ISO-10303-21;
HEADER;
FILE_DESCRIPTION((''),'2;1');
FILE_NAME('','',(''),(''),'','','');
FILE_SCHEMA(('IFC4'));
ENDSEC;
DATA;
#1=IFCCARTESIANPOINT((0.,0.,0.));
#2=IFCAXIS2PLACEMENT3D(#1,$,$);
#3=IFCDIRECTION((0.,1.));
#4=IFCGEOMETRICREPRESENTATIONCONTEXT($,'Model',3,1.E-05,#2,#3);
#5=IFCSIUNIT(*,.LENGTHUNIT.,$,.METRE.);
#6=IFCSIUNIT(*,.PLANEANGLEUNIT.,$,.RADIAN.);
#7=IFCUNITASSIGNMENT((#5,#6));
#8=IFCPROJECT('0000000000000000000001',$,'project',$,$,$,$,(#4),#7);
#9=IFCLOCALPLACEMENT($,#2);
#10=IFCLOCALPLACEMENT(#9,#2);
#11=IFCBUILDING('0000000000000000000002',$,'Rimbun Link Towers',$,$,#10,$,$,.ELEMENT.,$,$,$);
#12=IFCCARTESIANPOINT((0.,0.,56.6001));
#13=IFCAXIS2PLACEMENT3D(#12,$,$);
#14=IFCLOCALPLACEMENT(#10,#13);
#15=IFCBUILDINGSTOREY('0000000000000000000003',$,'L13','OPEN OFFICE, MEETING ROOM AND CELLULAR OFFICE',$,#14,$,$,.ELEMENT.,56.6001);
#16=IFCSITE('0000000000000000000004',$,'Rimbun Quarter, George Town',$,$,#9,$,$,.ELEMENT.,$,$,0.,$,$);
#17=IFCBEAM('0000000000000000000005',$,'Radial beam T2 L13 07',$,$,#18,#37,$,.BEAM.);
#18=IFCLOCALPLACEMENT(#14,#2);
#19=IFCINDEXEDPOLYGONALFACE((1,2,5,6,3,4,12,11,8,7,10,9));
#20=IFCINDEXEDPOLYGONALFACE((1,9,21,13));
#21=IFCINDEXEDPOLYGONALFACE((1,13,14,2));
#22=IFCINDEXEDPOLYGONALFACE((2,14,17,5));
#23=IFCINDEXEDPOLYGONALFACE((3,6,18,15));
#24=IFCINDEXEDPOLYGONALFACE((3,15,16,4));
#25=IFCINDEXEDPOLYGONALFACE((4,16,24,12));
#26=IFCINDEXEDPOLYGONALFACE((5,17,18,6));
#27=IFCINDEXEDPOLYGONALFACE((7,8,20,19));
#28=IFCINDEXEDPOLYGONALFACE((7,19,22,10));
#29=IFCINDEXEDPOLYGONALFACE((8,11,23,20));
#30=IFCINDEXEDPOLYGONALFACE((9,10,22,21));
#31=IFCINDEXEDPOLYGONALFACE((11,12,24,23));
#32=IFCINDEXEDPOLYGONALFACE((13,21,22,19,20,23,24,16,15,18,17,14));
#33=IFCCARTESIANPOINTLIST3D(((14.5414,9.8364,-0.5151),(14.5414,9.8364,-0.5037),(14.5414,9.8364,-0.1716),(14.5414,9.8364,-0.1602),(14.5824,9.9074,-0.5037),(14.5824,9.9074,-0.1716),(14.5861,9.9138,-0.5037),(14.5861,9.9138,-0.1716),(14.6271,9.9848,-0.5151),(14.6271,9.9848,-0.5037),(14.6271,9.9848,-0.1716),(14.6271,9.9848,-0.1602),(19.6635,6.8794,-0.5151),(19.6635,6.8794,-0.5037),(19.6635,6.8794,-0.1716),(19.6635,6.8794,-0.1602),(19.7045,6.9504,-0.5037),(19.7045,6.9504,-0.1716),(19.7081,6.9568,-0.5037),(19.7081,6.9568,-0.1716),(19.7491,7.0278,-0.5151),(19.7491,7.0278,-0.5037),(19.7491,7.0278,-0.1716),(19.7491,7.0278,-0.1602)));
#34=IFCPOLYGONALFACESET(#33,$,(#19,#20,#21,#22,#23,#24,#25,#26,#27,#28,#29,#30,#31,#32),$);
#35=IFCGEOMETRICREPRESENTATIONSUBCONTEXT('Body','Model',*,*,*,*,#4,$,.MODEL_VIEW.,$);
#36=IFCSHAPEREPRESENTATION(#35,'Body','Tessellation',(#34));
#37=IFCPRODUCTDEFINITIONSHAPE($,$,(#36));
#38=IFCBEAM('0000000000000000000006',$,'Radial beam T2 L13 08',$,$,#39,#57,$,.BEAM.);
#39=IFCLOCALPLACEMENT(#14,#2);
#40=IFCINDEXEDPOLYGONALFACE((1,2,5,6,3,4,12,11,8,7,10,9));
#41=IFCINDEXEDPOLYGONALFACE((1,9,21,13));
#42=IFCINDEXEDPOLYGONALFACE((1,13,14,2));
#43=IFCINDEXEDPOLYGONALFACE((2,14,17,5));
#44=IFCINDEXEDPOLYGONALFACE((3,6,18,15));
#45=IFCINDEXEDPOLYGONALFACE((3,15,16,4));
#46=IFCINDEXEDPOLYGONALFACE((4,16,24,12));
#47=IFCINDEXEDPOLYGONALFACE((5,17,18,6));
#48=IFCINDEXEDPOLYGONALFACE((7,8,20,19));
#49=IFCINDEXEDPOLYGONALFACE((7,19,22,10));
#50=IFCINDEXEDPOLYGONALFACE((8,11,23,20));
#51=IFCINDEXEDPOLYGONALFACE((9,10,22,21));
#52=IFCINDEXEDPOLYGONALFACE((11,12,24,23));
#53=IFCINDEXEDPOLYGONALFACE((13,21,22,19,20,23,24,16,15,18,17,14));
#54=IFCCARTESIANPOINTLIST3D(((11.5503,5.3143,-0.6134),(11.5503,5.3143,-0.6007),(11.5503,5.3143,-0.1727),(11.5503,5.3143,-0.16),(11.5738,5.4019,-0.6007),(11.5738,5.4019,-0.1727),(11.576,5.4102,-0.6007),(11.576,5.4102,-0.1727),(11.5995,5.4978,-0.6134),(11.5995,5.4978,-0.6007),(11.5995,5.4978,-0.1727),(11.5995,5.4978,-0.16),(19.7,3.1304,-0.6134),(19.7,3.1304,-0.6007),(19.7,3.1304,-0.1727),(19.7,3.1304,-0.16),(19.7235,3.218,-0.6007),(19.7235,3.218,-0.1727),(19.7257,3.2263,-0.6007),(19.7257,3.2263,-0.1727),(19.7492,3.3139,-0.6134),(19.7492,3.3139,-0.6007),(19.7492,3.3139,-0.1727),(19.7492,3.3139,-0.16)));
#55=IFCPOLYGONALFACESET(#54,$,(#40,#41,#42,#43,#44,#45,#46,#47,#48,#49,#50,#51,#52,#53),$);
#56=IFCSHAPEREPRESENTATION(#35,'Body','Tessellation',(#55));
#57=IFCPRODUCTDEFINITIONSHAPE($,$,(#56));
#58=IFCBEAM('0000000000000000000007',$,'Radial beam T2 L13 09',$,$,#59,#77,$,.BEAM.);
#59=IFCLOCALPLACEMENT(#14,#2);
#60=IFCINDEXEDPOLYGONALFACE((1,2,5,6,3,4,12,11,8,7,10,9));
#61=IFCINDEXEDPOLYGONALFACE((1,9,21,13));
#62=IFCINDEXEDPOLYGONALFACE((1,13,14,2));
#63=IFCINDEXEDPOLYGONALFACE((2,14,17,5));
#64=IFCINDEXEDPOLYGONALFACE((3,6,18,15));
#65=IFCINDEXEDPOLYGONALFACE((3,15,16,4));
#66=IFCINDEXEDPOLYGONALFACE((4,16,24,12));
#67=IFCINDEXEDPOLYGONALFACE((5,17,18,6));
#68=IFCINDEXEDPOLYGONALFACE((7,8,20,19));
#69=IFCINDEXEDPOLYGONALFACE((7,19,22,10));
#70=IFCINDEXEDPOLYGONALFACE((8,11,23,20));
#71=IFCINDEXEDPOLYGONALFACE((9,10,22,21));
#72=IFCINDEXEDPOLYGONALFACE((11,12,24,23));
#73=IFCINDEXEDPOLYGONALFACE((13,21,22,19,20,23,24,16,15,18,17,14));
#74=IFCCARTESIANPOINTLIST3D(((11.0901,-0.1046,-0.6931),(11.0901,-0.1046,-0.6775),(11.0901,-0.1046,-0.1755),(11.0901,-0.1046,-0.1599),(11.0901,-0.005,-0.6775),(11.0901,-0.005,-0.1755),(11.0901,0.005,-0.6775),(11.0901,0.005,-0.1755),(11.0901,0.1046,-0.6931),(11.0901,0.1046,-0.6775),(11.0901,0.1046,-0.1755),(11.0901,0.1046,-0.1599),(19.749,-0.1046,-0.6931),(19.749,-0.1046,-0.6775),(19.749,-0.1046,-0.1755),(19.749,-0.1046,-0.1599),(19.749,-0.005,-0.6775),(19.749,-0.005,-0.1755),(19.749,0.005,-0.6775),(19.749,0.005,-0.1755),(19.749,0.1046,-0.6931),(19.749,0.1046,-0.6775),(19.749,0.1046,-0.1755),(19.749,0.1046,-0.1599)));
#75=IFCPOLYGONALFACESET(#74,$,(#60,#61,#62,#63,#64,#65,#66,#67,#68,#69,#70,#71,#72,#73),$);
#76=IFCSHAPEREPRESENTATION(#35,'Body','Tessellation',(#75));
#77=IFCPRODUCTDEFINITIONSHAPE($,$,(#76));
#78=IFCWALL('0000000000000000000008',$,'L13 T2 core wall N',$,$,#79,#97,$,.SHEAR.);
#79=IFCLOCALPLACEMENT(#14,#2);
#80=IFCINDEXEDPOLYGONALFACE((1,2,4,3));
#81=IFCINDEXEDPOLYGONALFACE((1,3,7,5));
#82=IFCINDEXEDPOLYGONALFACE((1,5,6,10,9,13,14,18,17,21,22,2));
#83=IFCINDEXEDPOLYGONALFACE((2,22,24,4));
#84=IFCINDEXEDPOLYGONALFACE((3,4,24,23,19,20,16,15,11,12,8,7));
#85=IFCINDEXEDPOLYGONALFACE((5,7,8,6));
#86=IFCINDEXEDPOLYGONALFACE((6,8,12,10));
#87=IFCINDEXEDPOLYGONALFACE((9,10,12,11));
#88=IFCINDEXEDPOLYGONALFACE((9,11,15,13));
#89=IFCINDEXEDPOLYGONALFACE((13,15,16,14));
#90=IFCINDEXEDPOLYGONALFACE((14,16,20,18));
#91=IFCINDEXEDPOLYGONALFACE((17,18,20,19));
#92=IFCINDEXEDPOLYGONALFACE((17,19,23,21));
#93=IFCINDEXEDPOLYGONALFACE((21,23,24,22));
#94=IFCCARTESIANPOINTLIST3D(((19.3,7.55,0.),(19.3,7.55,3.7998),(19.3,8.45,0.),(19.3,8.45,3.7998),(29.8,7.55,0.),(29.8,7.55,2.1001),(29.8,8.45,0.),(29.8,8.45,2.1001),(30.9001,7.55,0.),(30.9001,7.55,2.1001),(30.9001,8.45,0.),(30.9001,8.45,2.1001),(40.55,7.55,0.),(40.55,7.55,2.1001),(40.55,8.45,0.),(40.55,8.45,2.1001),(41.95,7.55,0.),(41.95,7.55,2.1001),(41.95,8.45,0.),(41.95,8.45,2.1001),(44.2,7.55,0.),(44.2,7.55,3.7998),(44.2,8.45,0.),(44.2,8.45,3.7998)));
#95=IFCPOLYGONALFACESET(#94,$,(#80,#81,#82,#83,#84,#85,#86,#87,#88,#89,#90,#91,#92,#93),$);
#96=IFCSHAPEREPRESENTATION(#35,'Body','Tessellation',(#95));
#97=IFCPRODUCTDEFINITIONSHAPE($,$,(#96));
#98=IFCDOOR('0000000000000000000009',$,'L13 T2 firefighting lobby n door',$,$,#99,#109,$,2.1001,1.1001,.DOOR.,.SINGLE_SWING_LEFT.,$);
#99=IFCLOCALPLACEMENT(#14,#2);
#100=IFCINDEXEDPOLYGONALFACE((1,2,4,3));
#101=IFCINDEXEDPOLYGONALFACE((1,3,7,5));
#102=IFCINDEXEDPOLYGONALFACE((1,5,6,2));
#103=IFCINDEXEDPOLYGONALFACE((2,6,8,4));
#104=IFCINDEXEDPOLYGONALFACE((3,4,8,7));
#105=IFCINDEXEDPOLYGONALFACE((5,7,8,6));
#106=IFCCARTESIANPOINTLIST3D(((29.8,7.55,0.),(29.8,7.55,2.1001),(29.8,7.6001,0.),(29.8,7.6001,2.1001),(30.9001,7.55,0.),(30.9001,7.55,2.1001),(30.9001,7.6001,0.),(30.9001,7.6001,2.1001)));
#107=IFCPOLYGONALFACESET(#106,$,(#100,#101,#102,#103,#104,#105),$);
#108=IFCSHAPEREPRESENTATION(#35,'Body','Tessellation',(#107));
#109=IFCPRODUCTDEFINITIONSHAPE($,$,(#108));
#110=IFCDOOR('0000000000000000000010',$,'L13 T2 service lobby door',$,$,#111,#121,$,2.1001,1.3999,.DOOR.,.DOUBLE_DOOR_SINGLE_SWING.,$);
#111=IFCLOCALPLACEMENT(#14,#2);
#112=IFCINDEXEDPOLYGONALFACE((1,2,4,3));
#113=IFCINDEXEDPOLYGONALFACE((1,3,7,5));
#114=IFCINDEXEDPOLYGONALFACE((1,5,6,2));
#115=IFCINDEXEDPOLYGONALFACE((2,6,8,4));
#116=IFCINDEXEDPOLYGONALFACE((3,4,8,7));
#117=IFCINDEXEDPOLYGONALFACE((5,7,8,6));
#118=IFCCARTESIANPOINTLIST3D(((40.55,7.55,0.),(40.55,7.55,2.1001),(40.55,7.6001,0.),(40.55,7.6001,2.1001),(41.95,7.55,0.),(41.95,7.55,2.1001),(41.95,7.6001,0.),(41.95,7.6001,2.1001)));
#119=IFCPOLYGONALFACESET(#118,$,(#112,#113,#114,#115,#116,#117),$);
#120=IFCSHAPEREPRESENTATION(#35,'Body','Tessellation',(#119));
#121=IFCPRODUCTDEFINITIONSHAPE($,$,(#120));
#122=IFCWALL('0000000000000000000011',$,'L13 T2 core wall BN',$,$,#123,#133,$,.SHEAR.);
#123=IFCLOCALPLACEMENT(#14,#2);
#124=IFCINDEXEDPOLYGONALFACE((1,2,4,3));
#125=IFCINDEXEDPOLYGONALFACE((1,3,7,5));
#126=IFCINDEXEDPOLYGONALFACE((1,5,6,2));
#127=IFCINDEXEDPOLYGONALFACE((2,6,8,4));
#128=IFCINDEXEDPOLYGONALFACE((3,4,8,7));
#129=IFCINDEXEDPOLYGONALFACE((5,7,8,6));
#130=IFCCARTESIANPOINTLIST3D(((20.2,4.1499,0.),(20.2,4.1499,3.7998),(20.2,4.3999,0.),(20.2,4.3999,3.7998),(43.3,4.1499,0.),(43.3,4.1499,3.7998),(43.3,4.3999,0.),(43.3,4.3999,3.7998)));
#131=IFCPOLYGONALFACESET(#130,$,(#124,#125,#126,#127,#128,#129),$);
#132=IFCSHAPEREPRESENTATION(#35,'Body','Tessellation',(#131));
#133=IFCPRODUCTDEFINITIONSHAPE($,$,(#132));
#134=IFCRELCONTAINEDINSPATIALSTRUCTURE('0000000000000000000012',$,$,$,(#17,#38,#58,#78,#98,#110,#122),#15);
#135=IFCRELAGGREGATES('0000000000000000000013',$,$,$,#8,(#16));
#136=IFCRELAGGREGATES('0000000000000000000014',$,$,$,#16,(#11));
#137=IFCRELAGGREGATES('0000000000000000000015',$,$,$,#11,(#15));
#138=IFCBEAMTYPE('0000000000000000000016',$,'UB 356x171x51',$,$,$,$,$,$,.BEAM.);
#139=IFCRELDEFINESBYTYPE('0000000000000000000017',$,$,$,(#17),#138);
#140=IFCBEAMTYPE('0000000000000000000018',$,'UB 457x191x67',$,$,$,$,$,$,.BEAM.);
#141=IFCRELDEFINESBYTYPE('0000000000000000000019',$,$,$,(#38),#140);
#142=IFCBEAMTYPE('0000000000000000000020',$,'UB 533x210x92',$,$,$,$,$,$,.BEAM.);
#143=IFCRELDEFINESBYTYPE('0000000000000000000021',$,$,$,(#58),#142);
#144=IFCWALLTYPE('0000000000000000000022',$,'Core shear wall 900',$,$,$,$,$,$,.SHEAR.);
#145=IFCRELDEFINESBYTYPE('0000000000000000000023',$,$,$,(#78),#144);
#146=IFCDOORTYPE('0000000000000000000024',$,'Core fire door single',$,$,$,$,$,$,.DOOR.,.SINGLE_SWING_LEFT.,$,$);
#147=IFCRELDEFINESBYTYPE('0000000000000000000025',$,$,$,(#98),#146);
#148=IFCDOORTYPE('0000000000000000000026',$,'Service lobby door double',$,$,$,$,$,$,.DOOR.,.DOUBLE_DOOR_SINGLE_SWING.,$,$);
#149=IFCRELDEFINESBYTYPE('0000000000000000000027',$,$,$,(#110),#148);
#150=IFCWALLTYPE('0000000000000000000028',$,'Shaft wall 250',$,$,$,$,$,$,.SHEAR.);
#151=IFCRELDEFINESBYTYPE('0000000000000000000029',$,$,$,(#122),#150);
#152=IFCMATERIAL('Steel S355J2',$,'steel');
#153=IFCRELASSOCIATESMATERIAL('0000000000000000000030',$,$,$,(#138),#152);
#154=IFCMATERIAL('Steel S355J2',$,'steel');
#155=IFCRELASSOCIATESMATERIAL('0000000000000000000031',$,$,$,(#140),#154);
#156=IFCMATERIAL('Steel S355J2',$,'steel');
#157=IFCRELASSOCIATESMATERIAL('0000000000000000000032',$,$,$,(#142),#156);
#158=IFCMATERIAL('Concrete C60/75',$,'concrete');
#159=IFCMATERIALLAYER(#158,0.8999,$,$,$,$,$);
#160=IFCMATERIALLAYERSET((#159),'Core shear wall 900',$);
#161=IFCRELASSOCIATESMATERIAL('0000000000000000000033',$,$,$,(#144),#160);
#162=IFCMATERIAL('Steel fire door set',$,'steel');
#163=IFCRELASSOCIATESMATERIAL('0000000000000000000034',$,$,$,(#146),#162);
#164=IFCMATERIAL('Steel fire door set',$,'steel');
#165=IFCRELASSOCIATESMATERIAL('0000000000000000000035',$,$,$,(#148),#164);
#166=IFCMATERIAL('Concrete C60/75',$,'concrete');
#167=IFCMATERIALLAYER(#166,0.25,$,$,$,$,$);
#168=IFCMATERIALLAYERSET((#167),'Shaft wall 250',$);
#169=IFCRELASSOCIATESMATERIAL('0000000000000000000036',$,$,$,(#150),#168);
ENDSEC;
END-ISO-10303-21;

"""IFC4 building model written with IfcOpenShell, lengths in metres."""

from ifc_helpers import new_model, si_unit, direction, frame, frame_2d, origin, origin_2d, place, context, subcontext, project, spatial, rectangle, i_section, extrude, material, layer, layer_set, material_profile, profile_set, type_object, element, fill, save


model = new_model("IFC4")

# Units and contexts
model_context = context("Model", 3, precision=1e-05, world=origin(), true_north=direction((0.0, 1.0)))
body_context = subcontext(model_context, "Body", "Model", "MODEL_VIEW")
ifc_project = project(units=[si_unit("LENGTHUNIT", "METRE"), si_unit("PLANEANGLEUNIT", "RADIAN")], contexts=[model_context])

# Site, building, storey
site_placement = place(None, origin())
site = spatial("IfcSite", under=ifc_project, at=site_placement, Name="Rimbun Quarter, George Town", CompositionType="ELEMENT", RefElevation=0.0)
building_placement = place(site_placement, origin())
building = spatial("IfcBuilding", under=site, at=building_placement, Name="Rimbun Link Towers", CompositionType="ELEMENT")
storey_placement = place(building_placement, frame((0.0, 0.0, 56.6001)))
storey = spatial("IfcBuildingStorey", under=building, at=storey_placement, Name="L13", Description="OPEN OFFICE, MEETING ROOM AND CELLULAR OFFICE", CompositionType="ELEMENT", Elevation=56.6001)

# Beams
ifc_material_1 = material(Name="Steel S355J2", Category="steel")
ifc_material_profile_1 = material_profile(ifc_material_1, i_section(OverallWidth=0.1714, OverallDepth=0.355, WebThickness=0.0073, FlangeThickness=0.0115, at=origin_2d()), Name="UB 356x171x51")
ifc_profile_set_1 = profile_set([ifc_material_profile_1], Name="Steel S355J2")
beam_type_1 = type_object("IfcBeamType", Name="UB 356x171x51", PredefinedType="BEAM", material=ifc_profile_set_1)
beam_1_placement = place(storey_placement, frame((19.7063, 6.9536, -0.3376), z_axis=(-0.86604, 0.499975, 0.0), x_axis=(-0.499975, -0.86604, 0.0)))
element("IfcBeam", 1, at=beam_1_placement, inside=storey, type_object=beam_type_1, Name="Radial beam T2 L13 07", PredefinedType="BEAM", context=body_context, shape_type="SweptSolid", body=[
    extrude(i_section(OverallWidth=0.1714, OverallDepth=0.355, WebThickness=0.0073, FlangeThickness=0.0115, at=origin_2d()), origin(), (0.0, 0.0, 1.0), 5.9143),
])
ifc_material_2 = material(Name="Steel S355J2", Category="steel")
ifc_material_profile_2 = material_profile(ifc_material_2, i_section(OverallWidth=0.1899, OverallDepth=0.4534, WebThickness=0.0085, FlangeThickness=0.0127, at=origin_2d()), Name="UB 457x191x67")
ifc_profile_set_2 = profile_set([ifc_material_profile_2], Name="Steel S355J2")
beam_type_2 = type_object("IfcBeamType", Name="UB 457x191x67", PredefinedType="BEAM", material=ifc_profile_set_2)
beam_2_placement = place(storey_placement, frame((19.7246, 3.2222, -0.3867), z_axis=(-0.965922, 0.258835, 0.0), x_axis=(-0.258835, -0.965922, 0.0)))
element("IfcBeam", 2, at=beam_2_placement, inside=storey, type_object=beam_type_2, Name="Radial beam T2 L13 08", PredefinedType="BEAM", context=body_context, shape_type="SweptSolid", body=[
    extrude(i_section(OverallWidth=0.1899, OverallDepth=0.4534, WebThickness=0.0085, FlangeThickness=0.0127, at=origin_2d()), origin(), (0.0, 0.0, 1.0), 8.4373),
])
ifc_material_3 = material(Name="Steel S355J2", Category="steel")
ifc_material_profile_3 = material_profile(ifc_material_3, i_section(OverallWidth=0.2092, OverallDepth=0.5332, WebThickness=0.01, FlangeThickness=0.0156, at=origin_2d()), Name="UB 533x210x92")
ifc_profile_set_3 = profile_set([ifc_material_profile_3], Name="Steel S355J2")
beam_type_3 = type_object("IfcBeamType", Name="UB 533x210x92", PredefinedType="BEAM", material=ifc_profile_set_3)
beam_3_placement = place(storey_placement, frame((19.749, 0.0, -0.4265), z_axis=(-1.0, 0.0, 0.0), x_axis=(0.0, -1.0, 0.0)))
element("IfcBeam", 3, at=beam_3_placement, inside=storey, type_object=beam_type_3, Name="Radial beam T2 L13 09", PredefinedType="BEAM", context=body_context, shape_type="SweptSolid", body=[
    extrude(i_section(OverallWidth=0.2092, OverallDepth=0.5332, WebThickness=0.01, FlangeThickness=0.0156, at=origin_2d()), origin(), (0.0, 0.0, 1.0), 8.6589),
])

# Wall, openings, doors
ifc_material_4 = material(Name="Concrete C60/75", Category="concrete")
ifc_layer_1 = layer(ifc_material_4, 0.8999)
ifc_layer_set_1 = layer_set([ifc_layer_1], Name="Core shear wall 900")
wall_type_1 = type_object("IfcWallType", Name="Core shear wall 900", PredefinedType="SHEAR", material=ifc_layer_set_1)
wall_1_placement = place(storey_placement, frame((19.3, 8.0, 0.0), z_axis=(0.0, 0.0, 1.0), x_axis=(1.0, 0.0, 0.0)))
wall_1 = element("IfcWall", 4, at=wall_1_placement, inside=storey, type_object=wall_type_1, Name="L13 T2 core wall N", PredefinedType="SHEAR", context=body_context, shape_type="SweptSolid", body=[
    extrude(rectangle(XDim=24.8999, YDim=0.8999, at=frame_2d((12.45, 0.0))), origin(), (0.0, 0.0, 1.0), 3.7998),
])
opening_1_placement = place(wall_1_placement, frame((10.5, 0.0, 0.0)))
opening_1 = element("IfcOpeningElement", 5, at=opening_1_placement, cuts=wall_1, PredefinedType="OPENING", context=body_context, shape_type="SweptSolid", body=[
    extrude(rectangle(XDim=1.1001, YDim=2.1001, at=frame_2d((0.55, 1.05))), frame((0.0, 0.46, 0.0), z_axis=(0.0, -1.0, 0.0), x_axis=(1.0, 0.0, 0.0)), (0.0, 0.0, 1.0), 0.9199),
])
opening_2_placement = place(wall_1_placement, frame((21.25, 0.0, 0.0)))
opening_2 = element("IfcOpeningElement", 6, at=opening_2_placement, cuts=wall_1, PredefinedType="OPENING", context=body_context, shape_type="SweptSolid", body=[
    extrude(rectangle(XDim=1.3999, YDim=2.1001, at=frame_2d((0.7, 1.05))), frame((0.0, 0.46, 0.0), z_axis=(0.0, -1.0, 0.0), x_axis=(1.0, 0.0, 0.0)), (0.0, 0.0, 1.0), 0.9199),
])
ifc_material_5 = material(Name="Steel fire door set", Category="steel")
door_type_1 = type_object("IfcDoorType", Name="Core fire door single", OperationType="SINGLE_SWING_LEFT", PredefinedType="DOOR", material=ifc_material_5)
door_1_placement = place(opening_1_placement, origin())
door_1 = element("IfcDoor", 7, at=door_1_placement, inside=storey, type_object=door_type_1, Name="L13 T2 firefighting lobby n door", OperationType="SINGLE_SWING_LEFT", OverallHeight=2.1001, OverallWidth=1.1001, PredefinedType="DOOR", context=body_context, shape_type="SweptSolid", body=[
    extrude(rectangle(XDim=1.1001, YDim=2.1001, at=frame_2d((0.55, 1.05))), frame((0.0, -0.3999, 0.0), z_axis=(0.0, -1.0, 0.0), x_axis=(1.0, 0.0, 0.0)), (0.0, 0.0, 1.0), 0.05),
])
fill(opening_1, door_1)
ifc_material_6 = material(Name="Steel fire door set", Category="steel")
door_type_2 = type_object("IfcDoorType", Name="Service lobby door double", OperationType="DOUBLE_DOOR_SINGLE_SWING", PredefinedType="DOOR", material=ifc_material_6)
door_2_placement = place(opening_2_placement, origin())
door_2 = element("IfcDoor", 8, at=door_2_placement, inside=storey, type_object=door_type_2, Name="L13 T2 service lobby door", OperationType="DOUBLE_DOOR_SINGLE_SWING", OverallHeight=2.1001, OverallWidth=1.3999, PredefinedType="DOOR", context=body_context, shape_type="SweptSolid", body=[
    extrude(rectangle(XDim=1.3999, YDim=2.1001, at=frame_2d((0.7, 1.05))), frame((0.0, -0.3999, 0.0), z_axis=(0.0, -1.0, 0.0), x_axis=(1.0, 0.0, 0.0)), (0.0, 0.0, 1.0), 0.05),
])
fill(opening_2, door_2)

# Wall
ifc_material_7 = material(Name="Concrete C60/75", Category="concrete")
ifc_layer_2 = layer(ifc_material_7, 0.25)
ifc_layer_set_2 = layer_set([ifc_layer_2], Name="Shaft wall 250")
wall_type_2 = type_object("IfcWallType", Name="Shaft wall 250", PredefinedType="SHEAR", material=ifc_layer_set_2)
wall_2_placement = place(storey_placement, frame((20.2, 4.2749, 0.0), z_axis=(0.0, 0.0, 1.0), x_axis=(1.0, 0.0, 0.0)))
element("IfcWall", 9, at=wall_2_placement, inside=storey, type_object=wall_type_2, Name="L13 T2 core wall BN", PredefinedType="SHEAR", context=body_context, shape_type="SweptSolid", body=[
    extrude(rectangle(XDim=23.1001, YDim=0.25, at=frame_2d((11.55, 0.0))), origin(), (0.0, 0.0, 1.0), 3.7998),
])

save(model, "model.ifc")
